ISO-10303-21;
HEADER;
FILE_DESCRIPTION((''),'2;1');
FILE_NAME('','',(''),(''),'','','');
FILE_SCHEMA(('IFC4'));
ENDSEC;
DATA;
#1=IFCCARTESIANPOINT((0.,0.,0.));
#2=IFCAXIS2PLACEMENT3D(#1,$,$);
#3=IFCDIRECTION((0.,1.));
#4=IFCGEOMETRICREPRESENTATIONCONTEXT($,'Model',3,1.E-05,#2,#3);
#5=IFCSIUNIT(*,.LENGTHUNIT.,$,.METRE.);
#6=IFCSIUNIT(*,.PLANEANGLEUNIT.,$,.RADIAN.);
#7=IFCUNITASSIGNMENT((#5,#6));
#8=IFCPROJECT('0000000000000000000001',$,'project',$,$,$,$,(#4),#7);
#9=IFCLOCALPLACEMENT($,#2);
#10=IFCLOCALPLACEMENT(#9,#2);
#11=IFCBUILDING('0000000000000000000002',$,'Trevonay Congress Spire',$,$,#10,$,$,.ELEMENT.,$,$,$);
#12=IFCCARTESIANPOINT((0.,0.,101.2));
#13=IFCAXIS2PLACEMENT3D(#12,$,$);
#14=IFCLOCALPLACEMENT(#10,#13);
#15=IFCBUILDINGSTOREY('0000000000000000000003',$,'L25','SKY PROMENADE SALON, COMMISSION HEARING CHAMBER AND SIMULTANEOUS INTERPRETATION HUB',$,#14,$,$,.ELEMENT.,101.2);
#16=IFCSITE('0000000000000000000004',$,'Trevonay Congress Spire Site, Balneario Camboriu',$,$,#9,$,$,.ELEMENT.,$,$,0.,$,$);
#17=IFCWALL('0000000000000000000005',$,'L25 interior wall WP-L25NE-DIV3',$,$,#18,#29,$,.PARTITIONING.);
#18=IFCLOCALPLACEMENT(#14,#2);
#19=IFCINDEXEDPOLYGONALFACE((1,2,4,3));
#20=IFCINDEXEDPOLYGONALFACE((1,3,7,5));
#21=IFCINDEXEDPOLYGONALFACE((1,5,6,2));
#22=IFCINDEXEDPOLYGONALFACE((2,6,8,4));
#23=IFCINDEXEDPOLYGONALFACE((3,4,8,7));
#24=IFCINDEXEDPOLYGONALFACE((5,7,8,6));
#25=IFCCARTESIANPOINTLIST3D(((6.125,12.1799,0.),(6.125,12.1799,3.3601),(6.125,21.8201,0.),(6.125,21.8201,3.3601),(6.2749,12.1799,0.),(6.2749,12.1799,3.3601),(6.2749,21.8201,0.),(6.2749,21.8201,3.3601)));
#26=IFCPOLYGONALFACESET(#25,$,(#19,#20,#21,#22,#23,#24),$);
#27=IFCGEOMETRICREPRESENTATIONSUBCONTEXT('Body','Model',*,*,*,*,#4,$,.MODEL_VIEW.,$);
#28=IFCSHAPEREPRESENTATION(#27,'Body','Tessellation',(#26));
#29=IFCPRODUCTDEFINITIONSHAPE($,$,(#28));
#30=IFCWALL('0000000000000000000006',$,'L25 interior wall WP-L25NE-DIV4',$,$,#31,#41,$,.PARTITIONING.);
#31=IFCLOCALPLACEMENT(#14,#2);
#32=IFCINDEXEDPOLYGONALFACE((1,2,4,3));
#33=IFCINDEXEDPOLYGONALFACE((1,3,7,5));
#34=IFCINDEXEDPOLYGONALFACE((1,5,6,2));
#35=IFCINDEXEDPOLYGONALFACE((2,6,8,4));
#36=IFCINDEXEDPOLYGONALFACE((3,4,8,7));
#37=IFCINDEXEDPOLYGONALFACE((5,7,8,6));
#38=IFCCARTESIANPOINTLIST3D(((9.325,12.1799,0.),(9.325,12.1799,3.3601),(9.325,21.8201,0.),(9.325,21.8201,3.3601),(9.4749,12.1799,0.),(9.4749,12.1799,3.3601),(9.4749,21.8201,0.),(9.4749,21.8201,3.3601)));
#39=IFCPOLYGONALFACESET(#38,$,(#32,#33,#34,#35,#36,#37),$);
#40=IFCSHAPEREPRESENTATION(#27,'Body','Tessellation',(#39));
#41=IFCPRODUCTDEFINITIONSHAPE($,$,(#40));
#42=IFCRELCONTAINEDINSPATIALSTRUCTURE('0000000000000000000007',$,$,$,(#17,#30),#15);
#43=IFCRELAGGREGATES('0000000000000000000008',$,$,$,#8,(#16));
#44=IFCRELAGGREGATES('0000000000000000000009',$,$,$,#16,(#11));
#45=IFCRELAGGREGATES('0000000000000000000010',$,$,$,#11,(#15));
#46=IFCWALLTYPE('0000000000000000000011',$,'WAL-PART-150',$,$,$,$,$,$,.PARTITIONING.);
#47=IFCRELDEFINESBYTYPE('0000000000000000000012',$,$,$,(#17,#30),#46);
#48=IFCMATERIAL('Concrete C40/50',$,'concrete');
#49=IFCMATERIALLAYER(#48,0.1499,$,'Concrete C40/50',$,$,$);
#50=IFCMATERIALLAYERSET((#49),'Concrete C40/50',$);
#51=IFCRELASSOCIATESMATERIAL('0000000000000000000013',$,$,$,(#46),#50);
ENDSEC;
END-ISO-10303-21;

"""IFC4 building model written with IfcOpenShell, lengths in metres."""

from ifc_helpers import new_model, si_unit, direction, frame, frame_2d, origin, place, context, subcontext, project, spatial, rectangle, extrude, material, layer, layer_set, type_object, element, save


model = new_model("IFC4")

# Units and contexts
model_context = context("Model", 3, precision=1e-05, world=origin(), true_north=direction((0.0, 1.0)))
body_context = subcontext(model_context, "Body", "Model", "MODEL_VIEW")
ifc_project = project(units=[si_unit("LENGTHUNIT", "METRE"), si_unit("PLANEANGLEUNIT", "RADIAN")], contexts=[model_context])

# Site, building, storey
site_placement = place(None, origin())
site = spatial("IfcSite", under=ifc_project, at=site_placement, Name="Trevonay Congress Spire Site, Balneario Camboriu", CompositionType="ELEMENT", RefElevation=0.0)
building_placement = place(site_placement, origin())
building = spatial("IfcBuilding", under=site, at=building_placement, Name="Trevonay Congress Spire", CompositionType="ELEMENT")
storey_placement = place(building_placement, frame((0.0, 0.0, 101.2)))
storey = spatial("IfcBuildingStorey", under=building, at=storey_placement, Name="L25", Description="SKY PROMENADE SALON, COMMISSION HEARING CHAMBER AND SIMULTANEOUS INTERPRETATION HUB", CompositionType="ELEMENT", Elevation=101.2)

# Walls
ifc_material_1 = material(Name="Concrete C40/50", Category="concrete")
ifc_layer_1 = layer(ifc_material_1, 0.1499, Name="Concrete C40/50")
ifc_layer_set_1 = layer_set([ifc_layer_1], Name="Concrete C40/50")
wall_type_1 = type_object("IfcWallType", Name="WAL-PART-150", PredefinedType="PARTITIONING", material=ifc_layer_set_1)
for number, where, z_axis, x_axis, name in (
    (1, (6.2, 12.1799, 0.0), (0.0, 0.0, 1.0), (0.0, 1.0, 0.0), "L25 interior wall WP-L25NE-DIV3"),
    (2, (9.3999, 12.1799, 0.0), (0.0, 0.0, 1.0), (0.0, 1.0, 0.0), "L25 interior wall WP-L25NE-DIV4"),
):
    element("IfcWall", number, at=place(storey_placement, frame(where, z_axis=z_axis, x_axis=x_axis)), inside=storey, type_object=wall_type_1, Name=name, PredefinedType="PARTITIONING", context=body_context, shape_type="SweptSolid", body=[
        extrude(rectangle(XDim=9.6401, YDim=0.1499, at=frame_2d((4.8201, 0.0))), origin(), (0.0, 0.0, 1.0), 3.3601),
    ])

save(model, "model.ifc")
